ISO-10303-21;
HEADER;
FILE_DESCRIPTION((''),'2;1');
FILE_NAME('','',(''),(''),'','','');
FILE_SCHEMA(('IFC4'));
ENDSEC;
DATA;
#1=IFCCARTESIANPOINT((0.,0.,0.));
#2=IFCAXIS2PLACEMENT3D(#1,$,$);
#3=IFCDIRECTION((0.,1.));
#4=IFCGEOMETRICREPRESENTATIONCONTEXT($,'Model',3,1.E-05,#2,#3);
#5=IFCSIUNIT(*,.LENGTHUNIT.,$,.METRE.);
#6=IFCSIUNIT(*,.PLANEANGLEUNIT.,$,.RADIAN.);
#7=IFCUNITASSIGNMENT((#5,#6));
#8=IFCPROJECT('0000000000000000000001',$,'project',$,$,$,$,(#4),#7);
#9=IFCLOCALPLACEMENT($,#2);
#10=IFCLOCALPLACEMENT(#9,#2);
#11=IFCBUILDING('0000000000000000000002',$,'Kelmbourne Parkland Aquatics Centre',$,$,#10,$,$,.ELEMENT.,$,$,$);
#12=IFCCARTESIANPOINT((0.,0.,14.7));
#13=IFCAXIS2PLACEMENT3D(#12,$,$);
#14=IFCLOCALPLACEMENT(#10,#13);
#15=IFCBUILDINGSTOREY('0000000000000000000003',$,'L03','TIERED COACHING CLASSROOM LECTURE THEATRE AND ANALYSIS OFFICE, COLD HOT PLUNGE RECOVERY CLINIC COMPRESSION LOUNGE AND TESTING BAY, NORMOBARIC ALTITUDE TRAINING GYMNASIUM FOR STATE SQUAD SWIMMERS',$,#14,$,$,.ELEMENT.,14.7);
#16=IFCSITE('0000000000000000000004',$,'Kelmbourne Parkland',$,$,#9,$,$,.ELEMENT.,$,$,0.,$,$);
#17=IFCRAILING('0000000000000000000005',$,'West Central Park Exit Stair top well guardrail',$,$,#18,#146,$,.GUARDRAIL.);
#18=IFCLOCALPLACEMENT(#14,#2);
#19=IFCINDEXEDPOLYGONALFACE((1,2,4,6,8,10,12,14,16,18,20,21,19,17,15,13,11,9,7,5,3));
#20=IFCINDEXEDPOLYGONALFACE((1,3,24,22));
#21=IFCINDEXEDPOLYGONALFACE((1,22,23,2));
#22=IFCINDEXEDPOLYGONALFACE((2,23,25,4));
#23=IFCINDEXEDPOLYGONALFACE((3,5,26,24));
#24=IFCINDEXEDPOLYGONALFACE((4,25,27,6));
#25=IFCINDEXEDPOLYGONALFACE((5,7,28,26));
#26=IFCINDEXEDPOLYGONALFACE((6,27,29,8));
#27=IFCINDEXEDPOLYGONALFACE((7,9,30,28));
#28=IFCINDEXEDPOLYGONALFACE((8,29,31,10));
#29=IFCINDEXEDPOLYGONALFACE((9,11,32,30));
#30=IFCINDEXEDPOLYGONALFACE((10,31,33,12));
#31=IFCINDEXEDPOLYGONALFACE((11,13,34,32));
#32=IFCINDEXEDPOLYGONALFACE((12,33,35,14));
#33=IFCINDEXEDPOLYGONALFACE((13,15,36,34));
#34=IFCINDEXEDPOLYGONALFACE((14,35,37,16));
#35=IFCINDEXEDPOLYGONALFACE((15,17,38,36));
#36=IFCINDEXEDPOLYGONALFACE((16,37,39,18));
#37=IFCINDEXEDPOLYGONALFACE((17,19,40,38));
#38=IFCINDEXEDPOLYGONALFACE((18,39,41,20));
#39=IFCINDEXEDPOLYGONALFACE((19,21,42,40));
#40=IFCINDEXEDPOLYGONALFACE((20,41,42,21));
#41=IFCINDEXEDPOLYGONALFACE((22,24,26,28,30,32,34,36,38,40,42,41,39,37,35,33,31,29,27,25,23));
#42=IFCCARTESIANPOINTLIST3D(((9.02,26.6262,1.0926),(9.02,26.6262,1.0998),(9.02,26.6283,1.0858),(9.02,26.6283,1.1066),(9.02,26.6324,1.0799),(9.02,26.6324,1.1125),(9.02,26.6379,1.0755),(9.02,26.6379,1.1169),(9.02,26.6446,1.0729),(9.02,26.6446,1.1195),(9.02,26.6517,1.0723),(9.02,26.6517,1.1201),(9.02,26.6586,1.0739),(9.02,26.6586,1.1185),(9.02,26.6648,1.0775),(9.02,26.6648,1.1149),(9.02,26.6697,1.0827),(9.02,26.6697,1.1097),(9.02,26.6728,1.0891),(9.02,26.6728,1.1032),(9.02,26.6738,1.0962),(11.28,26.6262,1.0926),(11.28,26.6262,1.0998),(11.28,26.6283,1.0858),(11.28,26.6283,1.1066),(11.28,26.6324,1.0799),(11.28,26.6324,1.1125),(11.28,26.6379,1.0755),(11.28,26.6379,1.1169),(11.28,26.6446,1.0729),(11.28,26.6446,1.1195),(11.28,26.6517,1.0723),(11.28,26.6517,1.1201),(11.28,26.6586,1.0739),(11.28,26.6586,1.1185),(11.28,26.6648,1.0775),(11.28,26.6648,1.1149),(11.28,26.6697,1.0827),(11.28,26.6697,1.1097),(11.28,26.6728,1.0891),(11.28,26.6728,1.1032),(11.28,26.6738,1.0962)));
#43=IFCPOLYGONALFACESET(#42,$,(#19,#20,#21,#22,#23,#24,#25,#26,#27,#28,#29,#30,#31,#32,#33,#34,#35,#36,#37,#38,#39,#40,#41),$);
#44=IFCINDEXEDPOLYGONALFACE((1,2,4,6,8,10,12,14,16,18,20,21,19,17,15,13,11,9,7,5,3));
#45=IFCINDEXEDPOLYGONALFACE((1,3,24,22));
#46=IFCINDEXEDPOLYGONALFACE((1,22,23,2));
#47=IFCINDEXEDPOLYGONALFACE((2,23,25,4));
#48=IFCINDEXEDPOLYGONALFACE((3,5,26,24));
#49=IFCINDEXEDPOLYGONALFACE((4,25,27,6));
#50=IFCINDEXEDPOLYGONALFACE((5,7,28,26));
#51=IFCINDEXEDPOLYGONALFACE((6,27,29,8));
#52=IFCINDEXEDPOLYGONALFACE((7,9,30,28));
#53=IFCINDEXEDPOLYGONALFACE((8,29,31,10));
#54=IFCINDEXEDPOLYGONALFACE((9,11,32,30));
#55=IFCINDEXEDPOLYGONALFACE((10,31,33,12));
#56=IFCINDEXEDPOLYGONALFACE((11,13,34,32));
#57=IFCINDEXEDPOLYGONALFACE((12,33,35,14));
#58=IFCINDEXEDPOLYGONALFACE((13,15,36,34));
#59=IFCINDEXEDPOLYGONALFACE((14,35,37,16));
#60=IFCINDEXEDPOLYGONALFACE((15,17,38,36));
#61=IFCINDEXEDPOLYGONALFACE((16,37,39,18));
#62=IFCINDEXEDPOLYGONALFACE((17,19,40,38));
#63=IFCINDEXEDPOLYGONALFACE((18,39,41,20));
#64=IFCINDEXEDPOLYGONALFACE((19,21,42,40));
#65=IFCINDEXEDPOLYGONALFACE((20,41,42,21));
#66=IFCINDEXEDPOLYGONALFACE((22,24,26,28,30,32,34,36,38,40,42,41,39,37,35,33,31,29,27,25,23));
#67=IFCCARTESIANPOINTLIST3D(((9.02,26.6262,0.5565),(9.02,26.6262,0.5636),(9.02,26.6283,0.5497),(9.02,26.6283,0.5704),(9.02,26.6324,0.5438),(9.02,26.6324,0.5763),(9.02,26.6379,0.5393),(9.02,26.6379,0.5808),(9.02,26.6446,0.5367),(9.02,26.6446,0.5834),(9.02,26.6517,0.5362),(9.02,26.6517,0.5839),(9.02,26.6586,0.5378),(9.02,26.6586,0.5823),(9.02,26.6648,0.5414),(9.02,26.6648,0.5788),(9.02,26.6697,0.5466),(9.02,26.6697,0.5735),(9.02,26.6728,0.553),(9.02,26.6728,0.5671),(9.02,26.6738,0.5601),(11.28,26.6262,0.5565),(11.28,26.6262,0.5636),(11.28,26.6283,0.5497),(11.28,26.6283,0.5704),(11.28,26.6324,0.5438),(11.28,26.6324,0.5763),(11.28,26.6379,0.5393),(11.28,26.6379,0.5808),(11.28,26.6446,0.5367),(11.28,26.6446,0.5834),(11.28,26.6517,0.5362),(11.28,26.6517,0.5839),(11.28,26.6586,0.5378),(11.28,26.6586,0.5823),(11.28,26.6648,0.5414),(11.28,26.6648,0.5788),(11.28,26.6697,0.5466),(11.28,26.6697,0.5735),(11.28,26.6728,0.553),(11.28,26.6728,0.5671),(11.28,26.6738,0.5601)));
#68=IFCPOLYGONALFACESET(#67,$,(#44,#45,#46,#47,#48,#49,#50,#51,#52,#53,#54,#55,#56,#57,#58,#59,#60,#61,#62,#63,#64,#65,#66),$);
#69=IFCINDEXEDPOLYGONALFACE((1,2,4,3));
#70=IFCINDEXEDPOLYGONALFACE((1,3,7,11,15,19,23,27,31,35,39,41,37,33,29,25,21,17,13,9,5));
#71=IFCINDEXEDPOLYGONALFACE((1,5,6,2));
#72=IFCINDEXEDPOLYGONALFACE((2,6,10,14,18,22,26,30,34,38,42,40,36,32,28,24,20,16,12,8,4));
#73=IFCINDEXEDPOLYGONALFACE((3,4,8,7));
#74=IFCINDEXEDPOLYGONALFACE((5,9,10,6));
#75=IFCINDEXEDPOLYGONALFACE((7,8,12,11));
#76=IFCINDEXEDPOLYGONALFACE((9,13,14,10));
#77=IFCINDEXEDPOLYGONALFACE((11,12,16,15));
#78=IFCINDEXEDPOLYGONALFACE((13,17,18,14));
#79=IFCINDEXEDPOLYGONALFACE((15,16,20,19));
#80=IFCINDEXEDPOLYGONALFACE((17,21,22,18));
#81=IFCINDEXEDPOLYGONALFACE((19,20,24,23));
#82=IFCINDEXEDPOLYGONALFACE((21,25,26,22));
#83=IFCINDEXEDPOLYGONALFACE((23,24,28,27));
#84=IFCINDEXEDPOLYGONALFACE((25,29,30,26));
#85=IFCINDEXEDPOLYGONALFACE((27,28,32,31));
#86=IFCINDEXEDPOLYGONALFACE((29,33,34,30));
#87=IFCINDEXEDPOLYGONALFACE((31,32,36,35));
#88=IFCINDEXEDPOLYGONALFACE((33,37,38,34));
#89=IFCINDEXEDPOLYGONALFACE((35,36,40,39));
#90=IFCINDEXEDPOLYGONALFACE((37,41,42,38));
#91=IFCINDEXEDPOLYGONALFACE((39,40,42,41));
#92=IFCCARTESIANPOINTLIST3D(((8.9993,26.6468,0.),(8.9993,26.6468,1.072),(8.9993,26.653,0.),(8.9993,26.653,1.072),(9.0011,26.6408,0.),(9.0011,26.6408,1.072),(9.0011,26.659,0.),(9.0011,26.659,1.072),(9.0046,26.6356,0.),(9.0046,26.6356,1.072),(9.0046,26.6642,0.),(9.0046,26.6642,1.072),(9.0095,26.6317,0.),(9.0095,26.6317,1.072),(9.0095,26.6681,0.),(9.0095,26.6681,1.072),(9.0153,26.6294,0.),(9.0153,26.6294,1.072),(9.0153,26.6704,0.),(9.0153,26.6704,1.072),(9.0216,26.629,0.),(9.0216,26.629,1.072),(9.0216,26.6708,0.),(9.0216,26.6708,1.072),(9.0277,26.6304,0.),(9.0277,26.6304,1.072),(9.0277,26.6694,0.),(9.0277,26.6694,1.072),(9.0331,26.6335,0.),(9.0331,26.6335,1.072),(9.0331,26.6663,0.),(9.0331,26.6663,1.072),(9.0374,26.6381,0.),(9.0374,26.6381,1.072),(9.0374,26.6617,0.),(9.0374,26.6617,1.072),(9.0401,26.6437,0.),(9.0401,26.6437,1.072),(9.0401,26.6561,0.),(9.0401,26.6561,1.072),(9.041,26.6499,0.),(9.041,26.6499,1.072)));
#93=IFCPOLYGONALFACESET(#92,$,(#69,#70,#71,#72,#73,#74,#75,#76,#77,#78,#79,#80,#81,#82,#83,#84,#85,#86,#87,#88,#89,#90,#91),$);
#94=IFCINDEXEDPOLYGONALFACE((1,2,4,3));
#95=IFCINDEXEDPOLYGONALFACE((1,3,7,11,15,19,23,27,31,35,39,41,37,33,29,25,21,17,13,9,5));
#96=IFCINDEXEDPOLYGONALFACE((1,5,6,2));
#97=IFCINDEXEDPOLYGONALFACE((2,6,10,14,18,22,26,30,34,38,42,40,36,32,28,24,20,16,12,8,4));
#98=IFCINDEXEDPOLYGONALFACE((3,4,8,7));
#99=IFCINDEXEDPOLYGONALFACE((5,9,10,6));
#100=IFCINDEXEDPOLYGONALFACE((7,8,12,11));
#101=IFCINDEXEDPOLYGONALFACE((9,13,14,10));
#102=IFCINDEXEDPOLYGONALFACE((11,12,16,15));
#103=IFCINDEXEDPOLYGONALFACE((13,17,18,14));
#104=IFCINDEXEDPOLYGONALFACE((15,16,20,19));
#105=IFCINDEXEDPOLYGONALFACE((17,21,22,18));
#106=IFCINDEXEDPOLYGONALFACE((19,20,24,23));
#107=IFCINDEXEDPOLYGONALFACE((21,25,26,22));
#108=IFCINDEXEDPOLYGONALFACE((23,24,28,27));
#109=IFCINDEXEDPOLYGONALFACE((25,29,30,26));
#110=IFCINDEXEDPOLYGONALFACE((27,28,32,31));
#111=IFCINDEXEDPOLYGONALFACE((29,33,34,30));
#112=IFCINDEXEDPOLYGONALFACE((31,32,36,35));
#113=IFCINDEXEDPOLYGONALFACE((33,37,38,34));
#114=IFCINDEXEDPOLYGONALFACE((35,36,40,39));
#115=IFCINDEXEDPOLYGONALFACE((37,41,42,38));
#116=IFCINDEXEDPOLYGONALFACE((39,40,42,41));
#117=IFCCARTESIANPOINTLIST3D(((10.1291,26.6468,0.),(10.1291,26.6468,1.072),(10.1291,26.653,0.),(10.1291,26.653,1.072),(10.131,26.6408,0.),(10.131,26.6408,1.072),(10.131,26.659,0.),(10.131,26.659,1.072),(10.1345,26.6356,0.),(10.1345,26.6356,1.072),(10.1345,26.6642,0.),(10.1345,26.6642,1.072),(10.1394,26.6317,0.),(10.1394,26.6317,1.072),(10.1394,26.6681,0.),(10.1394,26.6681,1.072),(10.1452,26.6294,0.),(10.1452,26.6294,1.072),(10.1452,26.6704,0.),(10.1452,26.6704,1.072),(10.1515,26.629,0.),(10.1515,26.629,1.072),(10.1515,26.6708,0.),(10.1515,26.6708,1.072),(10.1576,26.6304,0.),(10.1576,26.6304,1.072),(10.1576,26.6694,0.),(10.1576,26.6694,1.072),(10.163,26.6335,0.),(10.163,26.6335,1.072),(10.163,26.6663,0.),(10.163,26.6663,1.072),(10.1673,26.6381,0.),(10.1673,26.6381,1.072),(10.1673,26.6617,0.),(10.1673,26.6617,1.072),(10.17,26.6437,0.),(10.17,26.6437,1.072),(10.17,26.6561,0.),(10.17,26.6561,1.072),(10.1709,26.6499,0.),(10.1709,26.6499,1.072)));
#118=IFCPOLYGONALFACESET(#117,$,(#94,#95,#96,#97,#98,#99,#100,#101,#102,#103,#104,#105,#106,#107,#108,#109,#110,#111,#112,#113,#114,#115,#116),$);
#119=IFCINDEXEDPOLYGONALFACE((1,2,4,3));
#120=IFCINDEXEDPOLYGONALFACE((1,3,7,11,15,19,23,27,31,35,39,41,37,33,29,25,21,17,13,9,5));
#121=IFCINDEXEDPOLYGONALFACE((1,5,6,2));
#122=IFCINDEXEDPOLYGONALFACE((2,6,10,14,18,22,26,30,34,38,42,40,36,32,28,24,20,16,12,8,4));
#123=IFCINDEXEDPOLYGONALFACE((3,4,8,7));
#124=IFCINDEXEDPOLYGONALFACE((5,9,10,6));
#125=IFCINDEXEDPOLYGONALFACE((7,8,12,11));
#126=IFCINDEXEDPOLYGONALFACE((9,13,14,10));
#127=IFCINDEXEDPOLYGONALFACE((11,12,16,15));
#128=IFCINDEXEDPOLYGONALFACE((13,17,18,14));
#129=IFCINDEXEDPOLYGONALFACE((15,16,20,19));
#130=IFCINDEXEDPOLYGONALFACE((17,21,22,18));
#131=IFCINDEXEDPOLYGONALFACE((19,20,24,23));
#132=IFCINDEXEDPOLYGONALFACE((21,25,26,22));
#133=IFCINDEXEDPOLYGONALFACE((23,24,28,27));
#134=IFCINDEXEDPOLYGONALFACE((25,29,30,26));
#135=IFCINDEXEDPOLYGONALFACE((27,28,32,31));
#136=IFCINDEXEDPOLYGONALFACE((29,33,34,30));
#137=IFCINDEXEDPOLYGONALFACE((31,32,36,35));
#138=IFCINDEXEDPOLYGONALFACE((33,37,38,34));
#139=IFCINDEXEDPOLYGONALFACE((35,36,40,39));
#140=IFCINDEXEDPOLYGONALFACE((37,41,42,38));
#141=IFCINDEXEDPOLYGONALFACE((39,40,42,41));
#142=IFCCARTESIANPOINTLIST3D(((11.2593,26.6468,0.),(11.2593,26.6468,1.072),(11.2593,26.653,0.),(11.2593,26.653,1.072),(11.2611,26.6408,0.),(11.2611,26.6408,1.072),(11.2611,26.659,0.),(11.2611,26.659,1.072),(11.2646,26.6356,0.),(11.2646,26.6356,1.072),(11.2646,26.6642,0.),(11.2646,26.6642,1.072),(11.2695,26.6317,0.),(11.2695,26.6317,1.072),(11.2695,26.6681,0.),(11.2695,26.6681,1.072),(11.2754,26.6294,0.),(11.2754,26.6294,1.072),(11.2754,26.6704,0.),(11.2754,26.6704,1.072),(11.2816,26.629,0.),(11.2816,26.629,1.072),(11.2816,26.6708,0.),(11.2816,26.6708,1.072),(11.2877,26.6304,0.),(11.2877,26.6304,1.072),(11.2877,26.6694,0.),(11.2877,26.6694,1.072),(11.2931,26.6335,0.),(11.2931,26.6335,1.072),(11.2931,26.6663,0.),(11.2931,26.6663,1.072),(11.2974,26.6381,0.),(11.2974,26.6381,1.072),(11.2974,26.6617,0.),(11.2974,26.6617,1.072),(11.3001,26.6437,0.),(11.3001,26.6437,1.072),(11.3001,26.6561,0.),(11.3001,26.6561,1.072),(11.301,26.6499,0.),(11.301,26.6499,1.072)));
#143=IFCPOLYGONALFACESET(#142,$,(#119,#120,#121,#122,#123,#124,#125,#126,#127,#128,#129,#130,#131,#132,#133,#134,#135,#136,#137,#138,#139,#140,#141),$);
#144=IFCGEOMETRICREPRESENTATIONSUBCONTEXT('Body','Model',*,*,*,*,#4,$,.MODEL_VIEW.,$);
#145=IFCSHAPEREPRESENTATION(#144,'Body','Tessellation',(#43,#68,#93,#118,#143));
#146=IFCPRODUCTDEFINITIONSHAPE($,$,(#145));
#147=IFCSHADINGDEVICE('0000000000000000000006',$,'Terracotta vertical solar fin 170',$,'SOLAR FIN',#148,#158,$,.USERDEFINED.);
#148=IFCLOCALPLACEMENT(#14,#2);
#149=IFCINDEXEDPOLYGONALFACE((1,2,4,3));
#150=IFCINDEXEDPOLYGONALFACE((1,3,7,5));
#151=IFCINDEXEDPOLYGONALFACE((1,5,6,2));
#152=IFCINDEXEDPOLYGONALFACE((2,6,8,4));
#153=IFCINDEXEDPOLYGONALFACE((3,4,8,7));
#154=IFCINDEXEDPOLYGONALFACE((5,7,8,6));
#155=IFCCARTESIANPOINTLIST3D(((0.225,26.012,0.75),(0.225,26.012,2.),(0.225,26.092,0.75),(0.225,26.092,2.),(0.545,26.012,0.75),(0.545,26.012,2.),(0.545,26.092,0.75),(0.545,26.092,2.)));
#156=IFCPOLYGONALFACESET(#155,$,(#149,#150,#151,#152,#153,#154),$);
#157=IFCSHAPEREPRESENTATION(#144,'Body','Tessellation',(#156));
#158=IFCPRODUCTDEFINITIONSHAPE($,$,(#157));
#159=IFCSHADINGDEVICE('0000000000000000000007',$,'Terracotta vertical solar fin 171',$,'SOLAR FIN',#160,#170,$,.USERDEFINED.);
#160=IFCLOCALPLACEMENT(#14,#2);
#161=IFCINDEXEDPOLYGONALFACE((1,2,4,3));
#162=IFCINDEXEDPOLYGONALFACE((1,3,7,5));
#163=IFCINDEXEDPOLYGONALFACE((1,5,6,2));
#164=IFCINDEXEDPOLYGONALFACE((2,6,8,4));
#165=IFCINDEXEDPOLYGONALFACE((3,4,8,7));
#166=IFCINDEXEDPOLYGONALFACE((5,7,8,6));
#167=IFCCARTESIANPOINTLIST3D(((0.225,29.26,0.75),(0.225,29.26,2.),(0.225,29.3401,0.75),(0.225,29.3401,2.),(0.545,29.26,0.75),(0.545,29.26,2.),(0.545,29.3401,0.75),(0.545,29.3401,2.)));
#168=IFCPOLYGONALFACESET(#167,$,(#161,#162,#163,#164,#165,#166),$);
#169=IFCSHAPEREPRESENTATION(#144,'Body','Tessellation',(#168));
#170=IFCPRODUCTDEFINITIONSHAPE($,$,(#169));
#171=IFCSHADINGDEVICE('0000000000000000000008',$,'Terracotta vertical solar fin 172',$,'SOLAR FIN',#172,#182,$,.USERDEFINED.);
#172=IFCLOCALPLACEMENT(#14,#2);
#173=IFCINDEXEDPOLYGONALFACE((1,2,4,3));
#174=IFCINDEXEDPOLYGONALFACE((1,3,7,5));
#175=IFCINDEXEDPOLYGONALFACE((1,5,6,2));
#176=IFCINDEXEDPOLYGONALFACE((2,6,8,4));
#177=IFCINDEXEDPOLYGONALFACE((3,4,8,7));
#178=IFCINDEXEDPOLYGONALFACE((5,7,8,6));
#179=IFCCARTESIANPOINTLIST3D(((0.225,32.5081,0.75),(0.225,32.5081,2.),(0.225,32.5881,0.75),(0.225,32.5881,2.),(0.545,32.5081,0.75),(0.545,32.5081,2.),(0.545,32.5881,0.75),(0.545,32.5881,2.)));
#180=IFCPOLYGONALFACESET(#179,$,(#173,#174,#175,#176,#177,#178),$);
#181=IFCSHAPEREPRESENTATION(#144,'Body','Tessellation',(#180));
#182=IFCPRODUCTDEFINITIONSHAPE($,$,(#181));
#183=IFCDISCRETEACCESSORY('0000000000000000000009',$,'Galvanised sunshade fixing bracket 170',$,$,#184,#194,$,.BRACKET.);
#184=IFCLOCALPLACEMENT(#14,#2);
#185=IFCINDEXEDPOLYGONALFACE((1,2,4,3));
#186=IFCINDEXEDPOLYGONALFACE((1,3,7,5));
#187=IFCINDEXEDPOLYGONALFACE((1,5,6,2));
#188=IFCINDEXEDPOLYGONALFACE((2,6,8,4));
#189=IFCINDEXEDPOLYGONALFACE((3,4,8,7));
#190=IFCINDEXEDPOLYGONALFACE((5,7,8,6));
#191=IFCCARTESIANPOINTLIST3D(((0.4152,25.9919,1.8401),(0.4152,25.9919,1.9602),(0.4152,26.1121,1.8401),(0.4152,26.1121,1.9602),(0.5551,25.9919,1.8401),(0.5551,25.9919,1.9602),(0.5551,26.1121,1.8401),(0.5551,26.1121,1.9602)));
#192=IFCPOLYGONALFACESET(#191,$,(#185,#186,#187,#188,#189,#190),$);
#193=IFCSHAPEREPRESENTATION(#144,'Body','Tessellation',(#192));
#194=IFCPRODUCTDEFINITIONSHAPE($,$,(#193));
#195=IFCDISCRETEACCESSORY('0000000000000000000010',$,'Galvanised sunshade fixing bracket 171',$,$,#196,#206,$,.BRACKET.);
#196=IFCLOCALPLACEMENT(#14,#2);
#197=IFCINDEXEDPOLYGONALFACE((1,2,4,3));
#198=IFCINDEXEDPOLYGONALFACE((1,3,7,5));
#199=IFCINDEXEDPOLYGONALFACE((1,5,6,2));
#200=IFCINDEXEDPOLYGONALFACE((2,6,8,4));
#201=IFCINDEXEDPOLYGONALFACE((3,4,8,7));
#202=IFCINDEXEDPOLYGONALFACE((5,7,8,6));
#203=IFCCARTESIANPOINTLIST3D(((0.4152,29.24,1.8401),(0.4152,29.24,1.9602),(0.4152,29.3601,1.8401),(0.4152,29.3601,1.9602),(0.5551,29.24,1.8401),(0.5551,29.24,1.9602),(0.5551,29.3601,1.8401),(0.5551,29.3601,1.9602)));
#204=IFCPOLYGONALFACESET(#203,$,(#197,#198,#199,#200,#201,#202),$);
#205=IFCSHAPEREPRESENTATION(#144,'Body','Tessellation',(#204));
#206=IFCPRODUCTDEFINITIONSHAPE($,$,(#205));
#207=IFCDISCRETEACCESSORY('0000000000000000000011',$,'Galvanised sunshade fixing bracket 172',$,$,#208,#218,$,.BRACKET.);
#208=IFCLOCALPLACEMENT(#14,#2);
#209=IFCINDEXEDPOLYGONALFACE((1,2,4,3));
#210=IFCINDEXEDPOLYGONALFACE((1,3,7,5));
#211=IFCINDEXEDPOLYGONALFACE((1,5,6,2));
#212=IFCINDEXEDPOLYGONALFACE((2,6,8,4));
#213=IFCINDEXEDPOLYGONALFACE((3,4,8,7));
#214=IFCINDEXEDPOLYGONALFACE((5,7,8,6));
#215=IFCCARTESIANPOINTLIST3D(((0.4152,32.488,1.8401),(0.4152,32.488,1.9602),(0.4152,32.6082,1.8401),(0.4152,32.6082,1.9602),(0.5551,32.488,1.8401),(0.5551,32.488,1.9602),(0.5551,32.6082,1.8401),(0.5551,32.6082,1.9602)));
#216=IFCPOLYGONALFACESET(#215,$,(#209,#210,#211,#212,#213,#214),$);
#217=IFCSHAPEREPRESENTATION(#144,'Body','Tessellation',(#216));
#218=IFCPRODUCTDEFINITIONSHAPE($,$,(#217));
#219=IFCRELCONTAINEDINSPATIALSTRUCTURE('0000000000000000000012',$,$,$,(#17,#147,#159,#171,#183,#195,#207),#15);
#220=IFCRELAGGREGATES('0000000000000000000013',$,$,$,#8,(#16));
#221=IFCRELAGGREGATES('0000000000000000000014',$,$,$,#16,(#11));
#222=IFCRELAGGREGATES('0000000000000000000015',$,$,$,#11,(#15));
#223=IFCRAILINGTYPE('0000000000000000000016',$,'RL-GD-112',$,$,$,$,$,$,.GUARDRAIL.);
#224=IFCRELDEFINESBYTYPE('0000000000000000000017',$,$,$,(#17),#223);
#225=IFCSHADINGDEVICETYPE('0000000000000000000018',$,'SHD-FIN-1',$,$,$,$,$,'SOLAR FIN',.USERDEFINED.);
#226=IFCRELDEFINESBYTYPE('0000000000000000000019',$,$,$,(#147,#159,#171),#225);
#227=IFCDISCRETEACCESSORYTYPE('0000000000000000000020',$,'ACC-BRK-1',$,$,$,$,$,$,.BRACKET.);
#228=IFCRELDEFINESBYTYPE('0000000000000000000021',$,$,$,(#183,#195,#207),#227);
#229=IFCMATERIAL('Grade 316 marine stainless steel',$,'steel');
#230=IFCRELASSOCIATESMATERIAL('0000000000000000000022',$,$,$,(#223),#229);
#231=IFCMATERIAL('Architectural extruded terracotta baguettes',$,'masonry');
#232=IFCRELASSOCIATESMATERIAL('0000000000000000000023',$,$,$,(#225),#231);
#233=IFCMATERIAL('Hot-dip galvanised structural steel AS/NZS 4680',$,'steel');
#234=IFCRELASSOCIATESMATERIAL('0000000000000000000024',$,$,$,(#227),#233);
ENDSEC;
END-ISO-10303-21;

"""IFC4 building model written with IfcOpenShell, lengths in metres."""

from ifc_helpers import new_model, si_unit, direction, frame, origin, origin_2d, place, context, subcontext, project, spatial, rectangle, circle, extrude, material, type_object, element, save


model = new_model("IFC4")

# Units and contexts
model_context = context("Model", 3, precision=1e-05, world=origin(), true_north=direction((0.0, 1.0)))
body_context = subcontext(model_context, "Body", "Model", "MODEL_VIEW")
ifc_project = project(units=[si_unit("LENGTHUNIT", "METRE"), si_unit("PLANEANGLEUNIT", "RADIAN")], contexts=[model_context])

# Site, building, storey
site_placement = place(None, origin())
site = spatial("IfcSite", under=ifc_project, at=site_placement, Name="Kelmbourne Parkland", CompositionType="ELEMENT", RefElevation=0.0)
building_placement = place(site_placement, origin())
building = spatial("IfcBuilding", under=site, at=building_placement, Name="Kelmbourne Parkland Aquatics Centre", CompositionType="ELEMENT")
storey_placement = place(building_placement, frame((0.0, 0.0, 14.7)))
storey = spatial("IfcBuildingStorey", under=building, at=storey_placement, Name="L03", Description="TIERED COACHING CLASSROOM LECTURE THEATRE AND ANALYSIS OFFICE, COLD HOT PLUNGE RECOVERY CLINIC COMPRESSION LOUNGE AND TESTING BAY, NORMOBARIC ALTITUDE TRAINING GYMNASIUM FOR STATE SQUAD SWIMMERS", CompositionType="ELEMENT", Elevation=14.7)

# Railing
ifc_material_1 = material(Name="Grade 316 marine stainless steel", Category="steel")
railing_type = type_object("IfcRailingType", Name="RL-GD-112", PredefinedType="GUARDRAIL", material=ifc_material_1)
railing_placement = place(storey_placement, frame((9.02, 26.6499, 0.0)))
element("IfcRailing", 1, at=railing_placement, inside=storey, type_object=railing_type, Name="West Central Park Exit Stair top well guardrail", PredefinedType="GUARDRAIL", context=body_context, shape_type="SweptSolid", body=[
    extrude(circle(Radius=0.0239, at=origin_2d()), frame((0.0, 0.0, 1.0962), z_axis=(1.0, 0.0, 0.0), x_axis=(0.0, 1.0, 0.0)), (0.0, 0.0, 1.0), 2.26),
    extrude(circle(Radius=0.0239, at=origin_2d()), frame((0.0, 0.0, 0.5601), z_axis=(1.0, 0.0, 0.0), x_axis=(0.0, 1.0, 0.0)), (0.0, 0.0, 1.0), 2.26),
    extrude(circle(Radius=0.021, at=origin_2d()), origin(), (0.0, 0.0, 1.0), 1.072),
    extrude(circle(Radius=0.021, at=origin_2d()), frame((1.1299, 0.0, 0.0)), (0.0, 0.0, 1.0), 1.072),
    extrude(circle(Radius=0.021, at=origin_2d()), frame((2.26, 0.0, 0.0)), (0.0, 0.0, 1.0), 1.072),
])

# Shading devices
ifc_material_2 = material(Name="Architectural extruded terracotta baguettes", Category="masonry")
shading_device_type = type_object("IfcShadingDeviceType", Name="SHD-FIN-1", ElementType="SOLAR FIN", PredefinedType="USERDEFINED", material=ifc_material_2)
for number, where, z_axis, x_axis, name in (
    (2, (0.385, 26.052, 0.75), (0.0, 0.0, 1.0), (0.0, 1.0, 0.0), "Terracotta vertical solar fin 170"),
    (3, (0.385, 29.3, 0.75), (0.0, 0.0, 1.0), (0.0, 1.0, 0.0), "Terracotta vertical solar fin 171"),
    (4, (0.385, 32.5481, 0.75), (0.0, 0.0, 1.0), (0.0, 1.0, 0.0), "Terracotta vertical solar fin 172"),
):
    element("IfcShadingDevice", number, at=place(storey_placement, frame(where, z_axis=z_axis, x_axis=x_axis)), inside=storey, type_object=shading_device_type, Name=name, ObjectType="SOLAR FIN", PredefinedType="USERDEFINED", context=body_context, shape_type="SweptSolid", body=[
        extrude(rectangle(XDim=0.0801, YDim=0.3201, at=origin_2d()), origin(), (0.0, 0.0, 1.0), 1.25),
    ])

# Discrete accessories
ifc_material_3 = material(Name="Hot-dip galvanised structural steel AS/NZS 4680", Category="steel")
discrete_accessory_type = type_object("IfcDiscreteAccessoryType", Name="ACC-BRK-1", PredefinedType="BRACKET", material=ifc_material_3)
for number, where, z_axis, x_axis, name in (
    (5, (0.4851, 26.052, 1.8401), (0.0, 0.0, 1.0), (0.0, 1.0, 0.0), "Galvanised sunshade fixing bracket 170"),
    (6, (0.4851, 29.3, 1.8401), (0.0, 0.0, 1.0), (0.0, 1.0, 0.0), "Galvanised sunshade fixing bracket 171"),
    (7, (0.4851, 32.5481, 1.8401), (0.0, 0.0, 1.0), (0.0, 1.0, 0.0), "Galvanised sunshade fixing bracket 172"),
):
    element("IfcDiscreteAccessory", number, at=place(storey_placement, frame(where, z_axis=z_axis, x_axis=x_axis)), inside=storey, type_object=discrete_accessory_type, Name=name, PredefinedType="BRACKET", context=body_context, shape_type="SweptSolid", body=[
        extrude(rectangle(XDim=0.1201, YDim=0.1399, at=origin_2d()), origin(), (0.0, 0.0, 1.0), 0.1201),
    ])

save(model, "model.ifc")
